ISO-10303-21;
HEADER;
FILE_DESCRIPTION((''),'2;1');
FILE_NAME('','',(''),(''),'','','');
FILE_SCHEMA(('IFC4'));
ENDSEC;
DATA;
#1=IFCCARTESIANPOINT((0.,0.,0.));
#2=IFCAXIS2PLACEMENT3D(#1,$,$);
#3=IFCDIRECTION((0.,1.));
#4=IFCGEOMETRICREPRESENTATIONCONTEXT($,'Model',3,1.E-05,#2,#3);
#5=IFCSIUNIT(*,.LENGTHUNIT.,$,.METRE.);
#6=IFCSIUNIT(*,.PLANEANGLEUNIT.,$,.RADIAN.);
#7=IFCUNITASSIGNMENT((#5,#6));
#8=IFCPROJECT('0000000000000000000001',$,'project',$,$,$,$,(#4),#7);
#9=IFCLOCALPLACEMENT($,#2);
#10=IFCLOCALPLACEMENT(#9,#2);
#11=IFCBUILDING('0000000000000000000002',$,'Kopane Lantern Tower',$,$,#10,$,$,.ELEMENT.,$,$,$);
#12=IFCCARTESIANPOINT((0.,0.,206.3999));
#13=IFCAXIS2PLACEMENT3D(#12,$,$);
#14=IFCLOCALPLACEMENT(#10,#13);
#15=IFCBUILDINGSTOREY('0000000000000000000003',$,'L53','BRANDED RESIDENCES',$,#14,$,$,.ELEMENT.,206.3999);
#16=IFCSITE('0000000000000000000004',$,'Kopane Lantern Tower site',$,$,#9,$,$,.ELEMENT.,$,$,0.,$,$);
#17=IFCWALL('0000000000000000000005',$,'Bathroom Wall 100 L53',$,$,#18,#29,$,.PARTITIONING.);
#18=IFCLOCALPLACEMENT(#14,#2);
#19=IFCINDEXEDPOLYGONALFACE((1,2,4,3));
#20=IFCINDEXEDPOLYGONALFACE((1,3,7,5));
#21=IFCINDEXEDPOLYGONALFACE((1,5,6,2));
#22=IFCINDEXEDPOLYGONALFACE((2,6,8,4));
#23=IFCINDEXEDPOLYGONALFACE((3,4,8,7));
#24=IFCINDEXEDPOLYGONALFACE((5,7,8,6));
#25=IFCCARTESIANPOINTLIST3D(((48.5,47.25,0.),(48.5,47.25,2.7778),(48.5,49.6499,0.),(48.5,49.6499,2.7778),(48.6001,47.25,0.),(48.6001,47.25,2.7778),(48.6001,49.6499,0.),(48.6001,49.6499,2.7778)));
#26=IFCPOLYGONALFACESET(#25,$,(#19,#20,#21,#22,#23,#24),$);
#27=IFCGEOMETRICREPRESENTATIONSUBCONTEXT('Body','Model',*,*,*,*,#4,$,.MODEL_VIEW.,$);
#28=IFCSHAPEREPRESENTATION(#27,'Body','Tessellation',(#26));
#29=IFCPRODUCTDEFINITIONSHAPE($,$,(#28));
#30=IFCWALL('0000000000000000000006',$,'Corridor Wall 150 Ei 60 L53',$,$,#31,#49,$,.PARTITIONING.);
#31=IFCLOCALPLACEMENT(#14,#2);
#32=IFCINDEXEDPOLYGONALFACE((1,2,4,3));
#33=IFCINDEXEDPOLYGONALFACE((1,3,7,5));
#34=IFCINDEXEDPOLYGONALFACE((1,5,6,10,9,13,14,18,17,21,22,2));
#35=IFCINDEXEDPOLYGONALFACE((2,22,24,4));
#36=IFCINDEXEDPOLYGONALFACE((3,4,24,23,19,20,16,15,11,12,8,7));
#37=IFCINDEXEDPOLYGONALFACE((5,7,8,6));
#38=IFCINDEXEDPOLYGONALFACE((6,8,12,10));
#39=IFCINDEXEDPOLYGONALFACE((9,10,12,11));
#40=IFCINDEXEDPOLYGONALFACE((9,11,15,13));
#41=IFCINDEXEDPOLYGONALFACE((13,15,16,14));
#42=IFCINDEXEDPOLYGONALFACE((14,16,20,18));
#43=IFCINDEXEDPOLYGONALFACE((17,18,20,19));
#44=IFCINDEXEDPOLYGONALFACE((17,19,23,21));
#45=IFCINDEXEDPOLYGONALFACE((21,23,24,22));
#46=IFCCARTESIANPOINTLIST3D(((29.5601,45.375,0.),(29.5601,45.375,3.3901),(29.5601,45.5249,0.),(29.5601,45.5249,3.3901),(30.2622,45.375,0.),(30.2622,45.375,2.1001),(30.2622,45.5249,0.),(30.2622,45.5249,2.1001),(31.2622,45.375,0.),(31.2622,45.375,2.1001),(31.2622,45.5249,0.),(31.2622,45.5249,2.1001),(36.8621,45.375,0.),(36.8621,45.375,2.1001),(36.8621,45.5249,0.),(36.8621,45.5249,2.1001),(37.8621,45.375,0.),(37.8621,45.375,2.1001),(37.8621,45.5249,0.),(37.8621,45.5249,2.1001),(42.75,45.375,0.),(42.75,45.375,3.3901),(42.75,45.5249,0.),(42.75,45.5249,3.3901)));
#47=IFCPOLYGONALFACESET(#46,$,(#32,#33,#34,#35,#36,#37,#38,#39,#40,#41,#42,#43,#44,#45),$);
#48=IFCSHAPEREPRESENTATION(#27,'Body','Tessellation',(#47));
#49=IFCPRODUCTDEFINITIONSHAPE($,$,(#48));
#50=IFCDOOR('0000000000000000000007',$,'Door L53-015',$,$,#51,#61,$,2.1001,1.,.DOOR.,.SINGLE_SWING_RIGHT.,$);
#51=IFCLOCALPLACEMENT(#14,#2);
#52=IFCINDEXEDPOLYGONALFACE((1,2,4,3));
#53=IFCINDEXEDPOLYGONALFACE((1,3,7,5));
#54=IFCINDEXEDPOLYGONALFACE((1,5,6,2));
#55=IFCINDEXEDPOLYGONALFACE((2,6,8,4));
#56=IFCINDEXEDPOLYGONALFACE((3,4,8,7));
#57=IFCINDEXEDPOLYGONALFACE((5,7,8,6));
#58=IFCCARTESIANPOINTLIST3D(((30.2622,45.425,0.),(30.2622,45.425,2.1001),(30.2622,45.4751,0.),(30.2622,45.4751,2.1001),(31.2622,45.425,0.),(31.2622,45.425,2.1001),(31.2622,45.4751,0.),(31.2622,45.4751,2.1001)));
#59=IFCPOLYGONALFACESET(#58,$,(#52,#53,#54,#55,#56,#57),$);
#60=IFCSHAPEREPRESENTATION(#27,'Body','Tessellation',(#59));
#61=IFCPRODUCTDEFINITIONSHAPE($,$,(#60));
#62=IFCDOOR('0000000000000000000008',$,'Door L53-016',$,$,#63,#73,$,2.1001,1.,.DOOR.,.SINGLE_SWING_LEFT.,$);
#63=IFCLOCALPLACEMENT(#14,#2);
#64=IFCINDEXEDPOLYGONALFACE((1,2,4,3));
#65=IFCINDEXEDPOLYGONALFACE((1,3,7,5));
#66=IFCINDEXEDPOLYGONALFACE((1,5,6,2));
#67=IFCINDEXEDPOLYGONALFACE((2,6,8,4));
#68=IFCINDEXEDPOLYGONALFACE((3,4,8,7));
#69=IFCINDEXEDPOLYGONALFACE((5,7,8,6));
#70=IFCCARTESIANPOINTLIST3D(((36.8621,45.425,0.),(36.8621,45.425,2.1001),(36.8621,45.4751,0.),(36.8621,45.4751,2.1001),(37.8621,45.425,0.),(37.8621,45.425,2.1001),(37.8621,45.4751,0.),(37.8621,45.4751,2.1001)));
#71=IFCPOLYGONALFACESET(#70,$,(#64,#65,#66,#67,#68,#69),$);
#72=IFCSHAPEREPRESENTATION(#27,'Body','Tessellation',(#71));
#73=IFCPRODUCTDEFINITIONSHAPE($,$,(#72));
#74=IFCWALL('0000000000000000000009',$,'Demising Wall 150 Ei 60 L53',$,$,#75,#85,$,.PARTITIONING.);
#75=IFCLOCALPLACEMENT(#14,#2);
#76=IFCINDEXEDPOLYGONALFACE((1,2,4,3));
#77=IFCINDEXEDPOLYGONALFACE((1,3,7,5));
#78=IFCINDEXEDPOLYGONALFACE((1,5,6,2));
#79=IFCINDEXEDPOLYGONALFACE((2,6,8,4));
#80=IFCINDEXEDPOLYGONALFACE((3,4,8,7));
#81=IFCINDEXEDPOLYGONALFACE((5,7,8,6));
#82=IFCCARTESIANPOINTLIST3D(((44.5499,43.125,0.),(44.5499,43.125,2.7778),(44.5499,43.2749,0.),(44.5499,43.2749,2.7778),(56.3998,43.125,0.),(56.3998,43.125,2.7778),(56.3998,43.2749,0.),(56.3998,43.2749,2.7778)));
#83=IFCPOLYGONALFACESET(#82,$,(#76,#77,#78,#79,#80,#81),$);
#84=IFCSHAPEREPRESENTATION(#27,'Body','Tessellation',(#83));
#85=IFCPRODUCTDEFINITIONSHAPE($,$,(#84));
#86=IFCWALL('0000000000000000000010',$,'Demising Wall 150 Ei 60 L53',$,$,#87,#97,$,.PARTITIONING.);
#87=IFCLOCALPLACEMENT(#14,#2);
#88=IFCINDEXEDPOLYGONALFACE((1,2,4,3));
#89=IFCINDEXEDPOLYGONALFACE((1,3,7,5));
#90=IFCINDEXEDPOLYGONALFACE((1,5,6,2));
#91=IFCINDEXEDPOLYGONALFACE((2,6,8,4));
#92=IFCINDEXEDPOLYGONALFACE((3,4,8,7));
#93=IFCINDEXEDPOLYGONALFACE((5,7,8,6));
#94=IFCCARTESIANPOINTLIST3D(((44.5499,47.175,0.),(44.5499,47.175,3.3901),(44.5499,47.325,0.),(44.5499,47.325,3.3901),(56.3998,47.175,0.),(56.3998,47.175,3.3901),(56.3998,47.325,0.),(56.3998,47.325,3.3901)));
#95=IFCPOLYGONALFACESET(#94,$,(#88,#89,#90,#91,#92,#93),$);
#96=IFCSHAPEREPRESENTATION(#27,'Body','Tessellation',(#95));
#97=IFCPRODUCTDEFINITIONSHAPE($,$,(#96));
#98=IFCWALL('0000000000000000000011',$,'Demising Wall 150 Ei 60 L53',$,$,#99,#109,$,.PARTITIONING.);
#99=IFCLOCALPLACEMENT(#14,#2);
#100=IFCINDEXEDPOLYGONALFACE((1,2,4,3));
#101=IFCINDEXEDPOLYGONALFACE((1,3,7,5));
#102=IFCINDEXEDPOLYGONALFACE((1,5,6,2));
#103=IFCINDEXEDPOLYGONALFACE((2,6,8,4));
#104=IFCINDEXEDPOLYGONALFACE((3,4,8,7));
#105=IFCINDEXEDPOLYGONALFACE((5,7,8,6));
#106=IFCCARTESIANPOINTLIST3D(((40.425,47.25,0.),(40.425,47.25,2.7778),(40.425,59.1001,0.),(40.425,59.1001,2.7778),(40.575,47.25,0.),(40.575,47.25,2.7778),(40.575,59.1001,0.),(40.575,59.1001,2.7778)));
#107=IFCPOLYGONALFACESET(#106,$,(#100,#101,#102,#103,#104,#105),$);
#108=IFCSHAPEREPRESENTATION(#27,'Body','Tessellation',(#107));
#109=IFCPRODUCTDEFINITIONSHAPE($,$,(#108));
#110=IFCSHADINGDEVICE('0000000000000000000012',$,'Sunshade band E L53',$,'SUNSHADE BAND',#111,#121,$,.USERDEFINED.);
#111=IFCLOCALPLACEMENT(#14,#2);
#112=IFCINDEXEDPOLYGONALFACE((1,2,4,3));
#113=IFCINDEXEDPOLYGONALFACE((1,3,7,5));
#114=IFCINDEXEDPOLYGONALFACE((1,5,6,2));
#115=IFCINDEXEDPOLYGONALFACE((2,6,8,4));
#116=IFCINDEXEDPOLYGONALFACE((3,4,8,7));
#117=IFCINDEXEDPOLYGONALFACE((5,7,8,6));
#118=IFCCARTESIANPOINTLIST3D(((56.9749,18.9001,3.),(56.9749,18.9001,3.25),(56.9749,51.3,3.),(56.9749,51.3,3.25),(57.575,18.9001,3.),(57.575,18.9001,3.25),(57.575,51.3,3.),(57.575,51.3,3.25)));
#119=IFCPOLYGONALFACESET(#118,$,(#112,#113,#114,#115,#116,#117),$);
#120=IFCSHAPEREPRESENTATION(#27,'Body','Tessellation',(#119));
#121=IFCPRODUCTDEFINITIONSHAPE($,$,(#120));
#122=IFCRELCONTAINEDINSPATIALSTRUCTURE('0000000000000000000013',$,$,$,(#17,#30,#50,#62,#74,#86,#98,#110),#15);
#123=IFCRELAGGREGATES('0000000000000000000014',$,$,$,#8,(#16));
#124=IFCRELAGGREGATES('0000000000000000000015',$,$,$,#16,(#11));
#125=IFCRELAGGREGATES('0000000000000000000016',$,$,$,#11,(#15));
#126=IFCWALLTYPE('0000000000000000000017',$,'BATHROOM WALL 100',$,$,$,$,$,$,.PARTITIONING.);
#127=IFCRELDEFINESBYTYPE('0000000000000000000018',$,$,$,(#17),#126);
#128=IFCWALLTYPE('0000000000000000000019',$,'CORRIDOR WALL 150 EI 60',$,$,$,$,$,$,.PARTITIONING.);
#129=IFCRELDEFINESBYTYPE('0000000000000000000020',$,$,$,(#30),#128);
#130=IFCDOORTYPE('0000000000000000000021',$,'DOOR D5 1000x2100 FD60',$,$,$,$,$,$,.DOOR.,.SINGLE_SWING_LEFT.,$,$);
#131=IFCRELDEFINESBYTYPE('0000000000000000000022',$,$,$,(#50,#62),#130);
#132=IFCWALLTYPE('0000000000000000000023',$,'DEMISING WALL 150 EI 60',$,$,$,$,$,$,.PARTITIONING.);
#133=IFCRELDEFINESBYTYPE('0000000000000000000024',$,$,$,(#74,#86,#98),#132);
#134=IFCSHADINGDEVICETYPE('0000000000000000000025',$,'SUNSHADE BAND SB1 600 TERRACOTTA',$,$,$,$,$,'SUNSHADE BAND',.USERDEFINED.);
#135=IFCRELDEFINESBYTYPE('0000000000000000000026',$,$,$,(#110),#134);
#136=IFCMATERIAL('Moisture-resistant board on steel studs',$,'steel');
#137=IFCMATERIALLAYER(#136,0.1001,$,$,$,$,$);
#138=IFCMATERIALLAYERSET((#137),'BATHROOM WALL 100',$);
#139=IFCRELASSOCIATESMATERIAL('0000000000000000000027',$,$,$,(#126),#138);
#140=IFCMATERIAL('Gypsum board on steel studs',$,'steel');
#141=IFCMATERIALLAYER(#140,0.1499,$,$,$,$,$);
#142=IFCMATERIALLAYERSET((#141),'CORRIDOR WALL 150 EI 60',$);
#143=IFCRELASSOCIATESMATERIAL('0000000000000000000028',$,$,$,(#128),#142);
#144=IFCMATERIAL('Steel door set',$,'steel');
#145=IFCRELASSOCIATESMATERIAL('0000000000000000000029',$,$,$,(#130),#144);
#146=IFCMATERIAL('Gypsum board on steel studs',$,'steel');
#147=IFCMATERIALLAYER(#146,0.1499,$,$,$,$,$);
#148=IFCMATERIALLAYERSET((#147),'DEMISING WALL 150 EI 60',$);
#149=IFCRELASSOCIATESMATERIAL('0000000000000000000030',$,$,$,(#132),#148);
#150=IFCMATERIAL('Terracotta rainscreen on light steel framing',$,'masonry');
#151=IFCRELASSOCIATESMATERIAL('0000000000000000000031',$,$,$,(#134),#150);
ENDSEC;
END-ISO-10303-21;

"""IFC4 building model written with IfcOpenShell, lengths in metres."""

from ifc_helpers import new_model, si_unit, direction, frame, frame_2d, origin, origin_2d, place, context, subcontext, project, spatial, rectangle, extrude, material, layer, layer_set, type_object, element, fill, save


model = new_model("IFC4")

# Units and contexts
model_context = context("Model", 3, precision=1e-05, world=origin(), true_north=direction((0.0, 1.0)))
body_context = subcontext(model_context, "Body", "Model", "MODEL_VIEW")
ifc_project = project(units=[si_unit("LENGTHUNIT", "METRE"), si_unit("PLANEANGLEUNIT", "RADIAN")], contexts=[model_context])

# Site, building, storey
site_placement = place(None, origin())
site = spatial("IfcSite", under=ifc_project, at=site_placement, Name="Kopane Lantern Tower site", CompositionType="ELEMENT", RefElevation=0.0)
building_placement = place(site_placement, origin())
building = spatial("IfcBuilding", under=site, at=building_placement, Name="Kopane Lantern Tower", CompositionType="ELEMENT")
storey_placement = place(building_placement, frame((0.0, 0.0, 206.3999)))
storey = spatial("IfcBuildingStorey", under=building, at=storey_placement, Name="L53", Description="BRANDED RESIDENCES", CompositionType="ELEMENT", Elevation=206.3999)

# Shared definitions
ifc_material_1 = material(Name="Moisture-resistant board on steel studs", Category="steel")
ifc_layer_1 = layer(ifc_material_1, 0.1001)
ifc_layer_set_1 = layer_set([ifc_layer_1], Name="BATHROOM WALL 100")
wall_type_1 = type_object("IfcWallType", Name="BATHROOM WALL 100", PredefinedType="PARTITIONING", material=ifc_layer_set_1)

# Wall
wall_1_placement = place(storey_placement, frame((48.55, 47.25, 0.0), z_axis=(0.0, 0.0, 1.0), x_axis=(0.0, 1.0, 0.0)))
element("IfcWall", 1, at=wall_1_placement, inside=storey, type_object=wall_type_1, Name="Bathroom Wall 100 L53", PredefinedType="PARTITIONING", context=body_context, shape_type="SweptSolid", body=[
    extrude(rectangle(XDim=2.3999, YDim=0.1001, at=frame_2d((1.2, 0.0))), origin(), (0.0, 0.0, 1.0), 2.7778),
])

# Wall, openings, doors
ifc_material_2 = material(Name="Gypsum board on steel studs", Category="steel")
ifc_layer_2 = layer(ifc_material_2, 0.1499)
ifc_layer_set_2 = layer_set([ifc_layer_2], Name="CORRIDOR WALL 150 EI 60")
wall_type_2 = type_object("IfcWallType", Name="CORRIDOR WALL 150 EI 60", PredefinedType="PARTITIONING", material=ifc_layer_set_2)
wall_2_placement = place(storey_placement, frame((42.75, 45.45, 0.0), z_axis=(0.0, 0.0, 1.0), x_axis=(-1.0, 0.0, 0.0)))
wall_2 = element("IfcWall", 2, at=wall_2_placement, inside=storey, type_object=wall_type_2, Name="Corridor Wall 150 Ei 60 L53", PredefinedType="PARTITIONING", context=body_context, shape_type="SweptSolid", body=[
    extrude(rectangle(XDim=13.1899, YDim=0.1499, at=frame_2d((6.595, 0.0))), origin(), (0.0, 0.0, 1.0), 3.3901),
])
opening_1_placement = place(wall_2_placement, frame((11.4878, 0.0, 0.0)))
opening_1 = element("IfcOpeningElement", 3, at=opening_1_placement, cuts=wall_2, PredefinedType="OPENING", context=body_context, shape_type="SweptSolid", body=[
    extrude(rectangle(XDim=1.0, YDim=2.1001, at=frame_2d((0.5, 1.05))), frame((0.0, 0.085, 0.0), z_axis=(0.0, -1.0, 0.0), x_axis=(1.0, 0.0, 0.0)), (0.0, 0.0, 1.0), 0.1699),
])
opening_2_placement = place(wall_2_placement, frame((4.8879, 0.0, 0.0)))
opening_2 = element("IfcOpeningElement", 4, at=opening_2_placement, cuts=wall_2, PredefinedType="OPENING", context=body_context, shape_type="SweptSolid", body=[
    extrude(rectangle(XDim=1.0, YDim=2.1001, at=frame_2d((0.5, 1.05))), frame((0.0, 0.085, 0.0), z_axis=(0.0, -1.0, 0.0), x_axis=(1.0, 0.0, 0.0)), (0.0, 0.0, 1.0), 0.1699),
])
ifc_material_3 = material(Name="Steel door set", Category="steel")
door_type_1 = type_object("IfcDoorType", Name="DOOR D5 1000x2100 FD60", OperationType="SINGLE_SWING_LEFT", PredefinedType="DOOR", material=ifc_material_3)
door_1_placement = place(opening_1_placement, origin())
door_1 = element("IfcDoor", 5, at=door_1_placement, inside=storey, type_object=door_type_1, Name="Door L53-015", OperationType="SINGLE_SWING_RIGHT", OverallHeight=2.1001, OverallWidth=1.0, PredefinedType="DOOR", context=body_context, shape_type="SweptSolid", body=[
    extrude(rectangle(XDim=1.0, YDim=2.1001, at=frame_2d((0.5, 1.05))), frame((0.0, 0.0249, 0.0), z_axis=(0.0, -1.0, 0.0), x_axis=(1.0, 0.0, 0.0)), (0.0, 0.0, 1.0), 0.05),
])
fill(opening_1, door_1)
door_2_placement = place(opening_2_placement, origin())
door_2 = element("IfcDoor", 6, at=door_2_placement, inside=storey, type_object=door_type_1, Name="Door L53-016", OperationType="SINGLE_SWING_LEFT", OverallHeight=2.1001, OverallWidth=1.0, PredefinedType="DOOR", context=body_context, shape_type="SweptSolid", body=[
    extrude(rectangle(XDim=1.0, YDim=2.1001, at=frame_2d((0.5, 1.05))), frame((0.0, 0.0249, 0.0), z_axis=(0.0, -1.0, 0.0), x_axis=(1.0, 0.0, 0.0)), (0.0, 0.0, 1.0), 0.05),
])
fill(opening_2, door_2)

# Walls
ifc_material_4 = material(Name="Gypsum board on steel studs", Category="steel")
ifc_layer_3 = layer(ifc_material_4, 0.1499)
ifc_layer_set_3 = layer_set([ifc_layer_3], Name="DEMISING WALL 150 EI 60")
wall_type_3 = type_object("IfcWallType", Name="DEMISING WALL 150 EI 60", PredefinedType="PARTITIONING", material=ifc_layer_set_3)
wall_3_placement = place(storey_placement, frame((44.55, 43.2, 0.0), z_axis=(0.0, 0.0, 1.0), x_axis=(1.0, 0.0, 0.0)))
element("IfcWall", 7, at=wall_3_placement, inside=storey, type_object=wall_type_3, Name="Demising Wall 150 Ei 60 L53", PredefinedType="PARTITIONING", context=body_context, shape_type="SweptSolid", body=[
    extrude(rectangle(XDim=11.8499, YDim=0.1499, at=frame_2d((5.9248, 0.0))), origin(), (0.0, 0.0, 1.0), 2.7778),
])
wall_4_placement = place(storey_placement, frame((44.55, 47.25, 0.0), z_axis=(0.0, 0.0, 1.0), x_axis=(1.0, 0.0, 0.0)))
element("IfcWall", 8, at=wall_4_placement, inside=storey, type_object=wall_type_3, Name="Demising Wall 150 Ei 60 L53", PredefinedType="PARTITIONING", context=body_context, shape_type="SweptSolid", body=[
    extrude(rectangle(XDim=11.8499, YDim=0.1499, at=frame_2d((5.9248, 0.0))), origin(), (0.0, 0.0, 1.0), 3.3901),
])
wall_5_placement = place(storey_placement, frame((40.5, 47.25, 0.0), z_axis=(0.0, 0.0, 1.0), x_axis=(0.0, 1.0, 0.0)))
element("IfcWall", 9, at=wall_5_placement, inside=storey, type_object=wall_type_3, Name="Demising Wall 150 Ei 60 L53", PredefinedType="PARTITIONING", context=body_context, shape_type="SweptSolid", body=[
    extrude(rectangle(XDim=11.8501, YDim=0.1499, at=frame_2d((5.925, 0.0))), origin(), (0.0, 0.0, 1.0), 2.7778),
])

# Shading device
ifc_material_5 = material(Name="Terracotta rainscreen on light steel framing", Category="masonry")
shading_device_type = type_object("IfcShadingDeviceType", Name="SUNSHADE BAND SB1 600 TERRACOTTA", ElementType="SUNSHADE BAND", PredefinedType="USERDEFINED", material=ifc_material_5)
shading_device_placement = place(storey_placement, frame((57.2749, 35.1001, 3.0), z_axis=(0.0, 0.0, 1.0), x_axis=(0.0, 1.0, 0.0)))
element("IfcShadingDevice", 10, at=shading_device_placement, inside=storey, type_object=shading_device_type, Name="Sunshade band E L53", ObjectType="SUNSHADE BAND", PredefinedType="USERDEFINED", context=body_context, shape_type="SweptSolid", body=[
    extrude(rectangle(XDim=32.3999, YDim=0.6001, at=origin_2d()), origin(), (0.0, 0.0, 1.0), 0.25),
])

save(model, "model.ifc")
